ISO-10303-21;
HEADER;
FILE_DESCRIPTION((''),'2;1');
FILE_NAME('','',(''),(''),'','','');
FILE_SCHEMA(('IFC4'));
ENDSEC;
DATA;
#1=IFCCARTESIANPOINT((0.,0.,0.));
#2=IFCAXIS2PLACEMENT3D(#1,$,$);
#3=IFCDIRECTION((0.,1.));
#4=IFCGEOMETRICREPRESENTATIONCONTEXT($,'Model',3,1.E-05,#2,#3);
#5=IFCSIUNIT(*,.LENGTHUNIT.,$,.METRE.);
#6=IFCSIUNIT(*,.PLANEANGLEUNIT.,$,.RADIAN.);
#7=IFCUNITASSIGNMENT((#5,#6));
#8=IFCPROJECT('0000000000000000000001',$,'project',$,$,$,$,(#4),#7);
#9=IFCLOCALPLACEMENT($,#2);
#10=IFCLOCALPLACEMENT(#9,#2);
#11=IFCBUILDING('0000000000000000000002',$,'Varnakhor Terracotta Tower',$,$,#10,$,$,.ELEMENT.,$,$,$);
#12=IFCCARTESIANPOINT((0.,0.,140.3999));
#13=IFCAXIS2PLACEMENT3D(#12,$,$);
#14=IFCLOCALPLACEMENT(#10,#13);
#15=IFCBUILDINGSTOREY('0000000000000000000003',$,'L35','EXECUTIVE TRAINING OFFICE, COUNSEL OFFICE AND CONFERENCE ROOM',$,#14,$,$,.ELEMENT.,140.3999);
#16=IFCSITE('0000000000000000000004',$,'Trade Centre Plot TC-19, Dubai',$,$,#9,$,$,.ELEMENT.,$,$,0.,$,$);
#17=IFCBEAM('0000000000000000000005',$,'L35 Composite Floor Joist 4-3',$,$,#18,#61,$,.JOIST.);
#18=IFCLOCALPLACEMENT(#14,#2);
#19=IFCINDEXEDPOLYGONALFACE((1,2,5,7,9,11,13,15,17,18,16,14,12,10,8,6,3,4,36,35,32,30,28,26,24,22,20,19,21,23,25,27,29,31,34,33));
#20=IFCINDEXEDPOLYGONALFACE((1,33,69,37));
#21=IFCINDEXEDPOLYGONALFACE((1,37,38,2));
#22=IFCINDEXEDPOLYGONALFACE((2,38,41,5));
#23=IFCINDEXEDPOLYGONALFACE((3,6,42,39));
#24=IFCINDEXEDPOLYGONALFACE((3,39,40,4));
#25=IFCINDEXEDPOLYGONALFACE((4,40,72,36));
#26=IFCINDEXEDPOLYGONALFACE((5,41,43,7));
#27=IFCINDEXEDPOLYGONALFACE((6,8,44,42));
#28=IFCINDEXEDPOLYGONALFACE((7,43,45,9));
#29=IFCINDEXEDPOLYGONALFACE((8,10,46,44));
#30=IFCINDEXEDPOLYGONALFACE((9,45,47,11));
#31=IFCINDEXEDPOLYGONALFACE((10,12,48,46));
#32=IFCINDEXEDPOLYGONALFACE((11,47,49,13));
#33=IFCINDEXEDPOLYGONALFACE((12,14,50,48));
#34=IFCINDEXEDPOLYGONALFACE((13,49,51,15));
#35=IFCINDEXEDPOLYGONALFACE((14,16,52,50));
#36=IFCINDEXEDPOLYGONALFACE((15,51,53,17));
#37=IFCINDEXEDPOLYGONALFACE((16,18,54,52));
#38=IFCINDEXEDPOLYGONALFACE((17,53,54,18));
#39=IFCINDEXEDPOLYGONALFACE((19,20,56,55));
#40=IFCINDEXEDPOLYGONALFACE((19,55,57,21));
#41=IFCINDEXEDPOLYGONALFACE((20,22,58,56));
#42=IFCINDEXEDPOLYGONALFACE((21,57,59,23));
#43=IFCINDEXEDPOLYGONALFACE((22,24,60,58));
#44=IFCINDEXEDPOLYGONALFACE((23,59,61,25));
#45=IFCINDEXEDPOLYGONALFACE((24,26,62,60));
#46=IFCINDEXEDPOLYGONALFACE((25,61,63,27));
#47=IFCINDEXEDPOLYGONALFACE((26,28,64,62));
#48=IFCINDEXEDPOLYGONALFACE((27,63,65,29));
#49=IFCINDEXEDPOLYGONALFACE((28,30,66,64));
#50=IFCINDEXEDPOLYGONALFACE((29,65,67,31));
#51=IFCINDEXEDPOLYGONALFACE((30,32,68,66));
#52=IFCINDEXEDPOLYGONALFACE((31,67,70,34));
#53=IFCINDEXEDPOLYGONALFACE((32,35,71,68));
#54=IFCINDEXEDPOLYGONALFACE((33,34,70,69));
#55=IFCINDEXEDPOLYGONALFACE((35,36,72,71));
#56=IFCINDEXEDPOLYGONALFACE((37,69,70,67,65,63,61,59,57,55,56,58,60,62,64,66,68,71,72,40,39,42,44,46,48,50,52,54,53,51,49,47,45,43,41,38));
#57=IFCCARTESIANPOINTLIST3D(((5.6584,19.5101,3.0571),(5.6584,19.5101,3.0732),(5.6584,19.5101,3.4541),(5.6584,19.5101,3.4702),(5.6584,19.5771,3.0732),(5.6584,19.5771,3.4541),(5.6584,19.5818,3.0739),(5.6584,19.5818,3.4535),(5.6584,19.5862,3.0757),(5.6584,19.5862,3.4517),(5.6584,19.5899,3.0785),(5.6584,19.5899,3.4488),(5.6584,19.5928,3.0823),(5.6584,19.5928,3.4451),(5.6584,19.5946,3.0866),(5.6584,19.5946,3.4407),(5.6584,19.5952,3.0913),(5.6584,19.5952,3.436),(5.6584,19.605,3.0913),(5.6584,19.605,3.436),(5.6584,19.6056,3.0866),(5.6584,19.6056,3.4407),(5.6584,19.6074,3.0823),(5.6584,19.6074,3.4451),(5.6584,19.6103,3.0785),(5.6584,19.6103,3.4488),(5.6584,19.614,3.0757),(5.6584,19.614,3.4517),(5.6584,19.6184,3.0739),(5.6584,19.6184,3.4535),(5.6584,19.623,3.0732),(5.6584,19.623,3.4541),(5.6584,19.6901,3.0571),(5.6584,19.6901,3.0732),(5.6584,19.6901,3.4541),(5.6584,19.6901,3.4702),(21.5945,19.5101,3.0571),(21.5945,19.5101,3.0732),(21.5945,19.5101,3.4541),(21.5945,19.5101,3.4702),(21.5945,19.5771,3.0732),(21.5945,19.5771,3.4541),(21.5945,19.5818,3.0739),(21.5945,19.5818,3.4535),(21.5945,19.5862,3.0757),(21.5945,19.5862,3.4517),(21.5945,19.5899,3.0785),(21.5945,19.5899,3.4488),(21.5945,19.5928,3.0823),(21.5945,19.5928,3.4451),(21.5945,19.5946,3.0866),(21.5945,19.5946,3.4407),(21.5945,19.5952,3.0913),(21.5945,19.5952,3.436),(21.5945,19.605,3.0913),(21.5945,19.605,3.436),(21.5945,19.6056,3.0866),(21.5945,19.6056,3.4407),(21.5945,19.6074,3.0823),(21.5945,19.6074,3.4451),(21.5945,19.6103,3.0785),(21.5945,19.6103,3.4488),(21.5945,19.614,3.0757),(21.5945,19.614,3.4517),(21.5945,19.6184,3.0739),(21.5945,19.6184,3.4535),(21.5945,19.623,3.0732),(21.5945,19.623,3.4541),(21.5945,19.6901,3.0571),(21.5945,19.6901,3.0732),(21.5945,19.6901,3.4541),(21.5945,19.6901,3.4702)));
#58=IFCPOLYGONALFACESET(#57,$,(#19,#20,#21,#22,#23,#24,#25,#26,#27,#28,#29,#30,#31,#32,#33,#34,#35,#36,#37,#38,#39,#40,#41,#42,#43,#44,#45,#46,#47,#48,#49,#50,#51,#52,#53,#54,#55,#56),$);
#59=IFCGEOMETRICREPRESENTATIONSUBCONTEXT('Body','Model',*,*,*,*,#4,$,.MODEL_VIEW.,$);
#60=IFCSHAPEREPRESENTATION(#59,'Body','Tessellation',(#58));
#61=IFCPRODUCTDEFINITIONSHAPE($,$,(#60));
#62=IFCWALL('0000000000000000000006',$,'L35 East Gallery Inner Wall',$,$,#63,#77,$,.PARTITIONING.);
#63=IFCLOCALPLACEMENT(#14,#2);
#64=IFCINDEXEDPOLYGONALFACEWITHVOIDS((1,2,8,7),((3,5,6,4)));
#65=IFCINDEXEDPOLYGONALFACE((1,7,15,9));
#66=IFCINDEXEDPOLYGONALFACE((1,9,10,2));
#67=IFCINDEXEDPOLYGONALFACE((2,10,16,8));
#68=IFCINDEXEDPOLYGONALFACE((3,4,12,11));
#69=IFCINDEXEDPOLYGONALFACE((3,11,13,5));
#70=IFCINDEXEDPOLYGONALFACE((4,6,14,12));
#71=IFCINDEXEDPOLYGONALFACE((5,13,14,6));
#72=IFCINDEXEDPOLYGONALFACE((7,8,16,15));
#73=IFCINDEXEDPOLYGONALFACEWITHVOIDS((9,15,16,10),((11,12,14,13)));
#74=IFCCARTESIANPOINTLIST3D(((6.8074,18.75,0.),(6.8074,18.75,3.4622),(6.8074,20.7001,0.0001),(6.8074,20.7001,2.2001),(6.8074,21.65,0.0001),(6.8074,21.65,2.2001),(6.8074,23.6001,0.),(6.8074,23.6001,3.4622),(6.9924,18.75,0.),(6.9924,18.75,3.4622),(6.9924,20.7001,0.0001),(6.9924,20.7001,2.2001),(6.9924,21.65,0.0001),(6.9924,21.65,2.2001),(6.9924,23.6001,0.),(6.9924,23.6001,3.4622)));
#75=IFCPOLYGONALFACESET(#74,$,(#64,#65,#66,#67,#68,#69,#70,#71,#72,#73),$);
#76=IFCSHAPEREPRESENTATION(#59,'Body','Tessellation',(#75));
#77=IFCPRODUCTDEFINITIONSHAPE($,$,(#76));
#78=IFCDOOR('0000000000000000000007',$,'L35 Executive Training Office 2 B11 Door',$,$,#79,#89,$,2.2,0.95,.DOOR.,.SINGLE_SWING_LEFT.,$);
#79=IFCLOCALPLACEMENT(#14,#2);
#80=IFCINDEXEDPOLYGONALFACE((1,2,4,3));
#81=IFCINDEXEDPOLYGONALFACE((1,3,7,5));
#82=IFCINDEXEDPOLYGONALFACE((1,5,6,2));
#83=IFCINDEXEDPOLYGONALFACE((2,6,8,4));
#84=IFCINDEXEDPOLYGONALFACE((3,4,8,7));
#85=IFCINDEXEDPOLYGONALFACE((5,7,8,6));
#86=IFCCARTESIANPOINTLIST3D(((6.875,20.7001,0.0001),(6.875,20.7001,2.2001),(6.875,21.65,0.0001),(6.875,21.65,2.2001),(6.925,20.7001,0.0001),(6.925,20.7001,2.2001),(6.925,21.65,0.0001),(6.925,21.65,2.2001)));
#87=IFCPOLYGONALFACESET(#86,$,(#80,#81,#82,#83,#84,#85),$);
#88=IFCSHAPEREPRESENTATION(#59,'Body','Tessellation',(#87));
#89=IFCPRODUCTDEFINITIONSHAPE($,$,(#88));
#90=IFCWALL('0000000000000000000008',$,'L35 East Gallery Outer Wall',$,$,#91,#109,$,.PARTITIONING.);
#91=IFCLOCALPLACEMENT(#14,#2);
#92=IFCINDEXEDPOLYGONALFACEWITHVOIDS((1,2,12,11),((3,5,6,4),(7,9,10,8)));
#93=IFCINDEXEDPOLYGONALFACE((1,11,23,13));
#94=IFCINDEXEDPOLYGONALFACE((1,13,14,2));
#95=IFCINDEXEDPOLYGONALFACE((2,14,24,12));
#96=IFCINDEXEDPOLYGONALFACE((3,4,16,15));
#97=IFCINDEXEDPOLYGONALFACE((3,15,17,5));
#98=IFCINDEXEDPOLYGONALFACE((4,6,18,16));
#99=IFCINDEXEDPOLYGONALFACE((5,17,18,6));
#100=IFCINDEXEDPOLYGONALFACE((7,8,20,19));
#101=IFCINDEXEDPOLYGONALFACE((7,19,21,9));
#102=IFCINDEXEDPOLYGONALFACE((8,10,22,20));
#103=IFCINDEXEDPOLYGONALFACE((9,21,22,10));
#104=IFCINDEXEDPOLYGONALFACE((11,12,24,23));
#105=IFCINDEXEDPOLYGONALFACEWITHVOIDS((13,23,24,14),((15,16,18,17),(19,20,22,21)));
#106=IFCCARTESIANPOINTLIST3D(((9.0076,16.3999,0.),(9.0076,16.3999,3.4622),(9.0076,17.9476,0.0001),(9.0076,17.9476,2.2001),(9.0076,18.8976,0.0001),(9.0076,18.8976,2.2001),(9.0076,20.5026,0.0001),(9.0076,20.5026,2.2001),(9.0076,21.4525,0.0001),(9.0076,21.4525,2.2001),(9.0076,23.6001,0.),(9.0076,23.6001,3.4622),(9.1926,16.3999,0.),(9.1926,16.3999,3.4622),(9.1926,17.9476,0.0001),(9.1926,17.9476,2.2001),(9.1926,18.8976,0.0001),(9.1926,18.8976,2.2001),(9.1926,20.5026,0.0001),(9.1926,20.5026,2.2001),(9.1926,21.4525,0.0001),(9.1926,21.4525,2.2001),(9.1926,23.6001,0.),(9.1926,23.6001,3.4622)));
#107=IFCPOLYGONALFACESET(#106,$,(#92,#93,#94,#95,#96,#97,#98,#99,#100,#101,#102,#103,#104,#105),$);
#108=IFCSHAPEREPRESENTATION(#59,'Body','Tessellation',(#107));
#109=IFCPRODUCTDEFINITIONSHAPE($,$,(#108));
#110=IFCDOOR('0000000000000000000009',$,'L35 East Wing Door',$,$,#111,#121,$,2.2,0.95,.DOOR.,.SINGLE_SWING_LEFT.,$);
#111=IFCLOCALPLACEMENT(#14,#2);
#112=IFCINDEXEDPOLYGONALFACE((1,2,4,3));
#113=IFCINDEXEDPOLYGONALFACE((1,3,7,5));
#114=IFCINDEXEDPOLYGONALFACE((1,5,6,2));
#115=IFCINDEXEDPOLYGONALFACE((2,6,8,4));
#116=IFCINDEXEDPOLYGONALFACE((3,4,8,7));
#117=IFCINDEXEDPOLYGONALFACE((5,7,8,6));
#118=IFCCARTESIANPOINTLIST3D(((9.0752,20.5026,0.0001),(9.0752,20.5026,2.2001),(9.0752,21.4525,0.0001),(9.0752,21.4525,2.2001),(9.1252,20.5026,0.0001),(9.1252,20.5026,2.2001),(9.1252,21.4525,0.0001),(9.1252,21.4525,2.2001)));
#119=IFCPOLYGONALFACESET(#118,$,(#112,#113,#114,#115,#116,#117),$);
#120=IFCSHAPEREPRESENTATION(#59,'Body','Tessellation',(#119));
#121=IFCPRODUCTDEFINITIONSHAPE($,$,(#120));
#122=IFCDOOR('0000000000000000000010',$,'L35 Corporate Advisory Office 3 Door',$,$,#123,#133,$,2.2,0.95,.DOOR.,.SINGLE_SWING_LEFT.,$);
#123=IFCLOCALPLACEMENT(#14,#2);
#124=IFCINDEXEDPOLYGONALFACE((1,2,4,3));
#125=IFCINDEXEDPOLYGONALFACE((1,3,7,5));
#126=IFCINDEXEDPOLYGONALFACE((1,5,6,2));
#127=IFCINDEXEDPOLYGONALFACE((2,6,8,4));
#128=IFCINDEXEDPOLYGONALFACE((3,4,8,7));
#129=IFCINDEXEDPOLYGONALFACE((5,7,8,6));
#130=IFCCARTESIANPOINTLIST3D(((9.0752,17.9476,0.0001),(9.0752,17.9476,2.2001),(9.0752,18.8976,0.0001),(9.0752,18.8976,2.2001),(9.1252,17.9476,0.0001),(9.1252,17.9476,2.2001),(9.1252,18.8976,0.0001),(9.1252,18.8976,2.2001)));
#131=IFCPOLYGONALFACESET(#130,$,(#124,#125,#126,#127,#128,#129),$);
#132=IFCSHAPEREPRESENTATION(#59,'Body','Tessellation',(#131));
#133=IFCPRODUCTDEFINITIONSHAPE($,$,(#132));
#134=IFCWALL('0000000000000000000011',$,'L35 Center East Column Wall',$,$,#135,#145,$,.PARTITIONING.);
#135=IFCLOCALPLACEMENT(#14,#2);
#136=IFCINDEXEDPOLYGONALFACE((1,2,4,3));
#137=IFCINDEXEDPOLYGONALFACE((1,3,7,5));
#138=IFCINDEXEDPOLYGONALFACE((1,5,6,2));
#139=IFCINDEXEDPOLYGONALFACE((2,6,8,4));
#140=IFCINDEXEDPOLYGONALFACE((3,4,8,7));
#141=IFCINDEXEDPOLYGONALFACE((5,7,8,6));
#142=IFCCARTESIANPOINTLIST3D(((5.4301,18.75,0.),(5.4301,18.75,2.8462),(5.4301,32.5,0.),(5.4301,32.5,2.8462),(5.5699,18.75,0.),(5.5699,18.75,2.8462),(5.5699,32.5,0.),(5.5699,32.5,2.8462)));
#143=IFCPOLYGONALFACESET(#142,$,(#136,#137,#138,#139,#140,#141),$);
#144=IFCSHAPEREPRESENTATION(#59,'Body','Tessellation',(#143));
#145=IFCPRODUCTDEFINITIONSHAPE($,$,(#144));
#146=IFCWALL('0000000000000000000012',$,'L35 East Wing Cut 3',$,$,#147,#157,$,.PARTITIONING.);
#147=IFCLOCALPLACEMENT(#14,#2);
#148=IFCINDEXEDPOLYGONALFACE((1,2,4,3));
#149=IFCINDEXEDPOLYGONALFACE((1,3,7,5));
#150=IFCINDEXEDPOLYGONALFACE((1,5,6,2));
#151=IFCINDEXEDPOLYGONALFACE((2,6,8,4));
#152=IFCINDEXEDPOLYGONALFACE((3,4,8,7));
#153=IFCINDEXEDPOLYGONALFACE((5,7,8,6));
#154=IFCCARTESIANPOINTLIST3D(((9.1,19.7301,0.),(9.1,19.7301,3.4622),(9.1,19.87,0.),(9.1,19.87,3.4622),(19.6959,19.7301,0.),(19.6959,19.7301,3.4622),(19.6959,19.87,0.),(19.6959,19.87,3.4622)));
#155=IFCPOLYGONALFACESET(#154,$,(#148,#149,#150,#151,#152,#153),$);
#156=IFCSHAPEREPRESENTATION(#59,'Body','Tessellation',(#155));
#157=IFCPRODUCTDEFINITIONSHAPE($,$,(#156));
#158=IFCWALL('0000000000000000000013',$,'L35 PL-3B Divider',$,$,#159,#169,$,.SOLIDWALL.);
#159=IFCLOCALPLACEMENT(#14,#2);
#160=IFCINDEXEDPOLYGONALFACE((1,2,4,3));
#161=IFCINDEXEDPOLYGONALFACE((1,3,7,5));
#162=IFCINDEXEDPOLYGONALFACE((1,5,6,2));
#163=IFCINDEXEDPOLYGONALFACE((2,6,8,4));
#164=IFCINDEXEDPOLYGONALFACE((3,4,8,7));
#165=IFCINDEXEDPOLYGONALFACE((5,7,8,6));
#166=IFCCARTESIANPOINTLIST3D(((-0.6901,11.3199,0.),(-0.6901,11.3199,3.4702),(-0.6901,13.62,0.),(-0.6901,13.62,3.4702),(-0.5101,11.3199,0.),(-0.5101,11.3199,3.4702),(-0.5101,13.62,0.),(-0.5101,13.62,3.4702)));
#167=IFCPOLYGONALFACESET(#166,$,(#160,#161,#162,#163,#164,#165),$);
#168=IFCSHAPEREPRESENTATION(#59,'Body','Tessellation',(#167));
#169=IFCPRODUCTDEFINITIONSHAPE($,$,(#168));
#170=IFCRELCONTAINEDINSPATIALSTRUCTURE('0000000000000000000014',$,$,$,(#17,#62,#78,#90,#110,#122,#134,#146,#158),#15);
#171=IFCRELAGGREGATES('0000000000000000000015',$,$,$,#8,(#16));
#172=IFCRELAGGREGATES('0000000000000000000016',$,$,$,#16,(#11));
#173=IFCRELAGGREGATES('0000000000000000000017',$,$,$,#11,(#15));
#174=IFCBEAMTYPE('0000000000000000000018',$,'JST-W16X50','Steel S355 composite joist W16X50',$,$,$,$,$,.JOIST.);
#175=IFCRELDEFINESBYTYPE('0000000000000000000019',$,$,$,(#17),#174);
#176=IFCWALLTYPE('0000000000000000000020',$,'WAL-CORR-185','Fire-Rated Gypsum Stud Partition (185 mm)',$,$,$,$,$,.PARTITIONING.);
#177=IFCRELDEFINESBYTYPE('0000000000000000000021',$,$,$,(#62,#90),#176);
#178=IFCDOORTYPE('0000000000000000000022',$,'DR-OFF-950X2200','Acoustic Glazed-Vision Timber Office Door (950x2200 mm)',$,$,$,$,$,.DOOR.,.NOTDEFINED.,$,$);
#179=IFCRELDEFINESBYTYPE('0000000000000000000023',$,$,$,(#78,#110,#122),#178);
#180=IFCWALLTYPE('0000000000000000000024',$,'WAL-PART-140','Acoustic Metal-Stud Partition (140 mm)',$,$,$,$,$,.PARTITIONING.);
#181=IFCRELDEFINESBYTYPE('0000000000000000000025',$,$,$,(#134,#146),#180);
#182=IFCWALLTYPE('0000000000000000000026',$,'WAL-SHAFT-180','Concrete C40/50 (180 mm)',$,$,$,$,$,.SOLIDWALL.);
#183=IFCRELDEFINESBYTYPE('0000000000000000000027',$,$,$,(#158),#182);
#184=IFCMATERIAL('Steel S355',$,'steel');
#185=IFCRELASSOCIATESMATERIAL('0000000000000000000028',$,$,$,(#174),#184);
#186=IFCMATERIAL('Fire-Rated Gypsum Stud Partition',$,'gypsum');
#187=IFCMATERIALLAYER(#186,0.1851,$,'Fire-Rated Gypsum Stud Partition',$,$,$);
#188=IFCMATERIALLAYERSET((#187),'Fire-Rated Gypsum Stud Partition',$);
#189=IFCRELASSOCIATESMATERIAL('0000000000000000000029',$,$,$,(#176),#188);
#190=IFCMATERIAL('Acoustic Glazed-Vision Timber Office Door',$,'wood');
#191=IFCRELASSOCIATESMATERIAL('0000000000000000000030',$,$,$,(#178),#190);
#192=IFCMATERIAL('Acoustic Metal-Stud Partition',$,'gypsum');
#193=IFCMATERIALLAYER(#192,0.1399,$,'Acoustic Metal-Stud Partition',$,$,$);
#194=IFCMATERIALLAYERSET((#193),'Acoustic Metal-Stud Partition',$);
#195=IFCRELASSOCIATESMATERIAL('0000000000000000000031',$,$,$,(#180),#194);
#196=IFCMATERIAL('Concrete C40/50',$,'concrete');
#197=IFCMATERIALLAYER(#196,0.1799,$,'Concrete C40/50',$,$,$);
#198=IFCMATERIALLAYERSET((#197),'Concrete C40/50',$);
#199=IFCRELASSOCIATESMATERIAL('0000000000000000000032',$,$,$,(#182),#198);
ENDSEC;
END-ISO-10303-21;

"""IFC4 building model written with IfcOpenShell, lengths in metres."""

from ifc_helpers import new_model, si_unit, direction, frame, frame_2d, origin, origin_2d, place, context, subcontext, project, spatial, rectangle, i_section, extrude, source, transform, mapped, material, layer, layer_set, material_profile, profile_set, type_object, type_shapes, element, fill, save


model = new_model("IFC4")

# Units and contexts
model_context = context("Model", 3, precision=1e-05, world=origin(), true_north=direction((0.0, 1.0)))
body_context = subcontext(model_context, "Body", "Model", "MODEL_VIEW")
ifc_project = project(units=[si_unit("LENGTHUNIT", "METRE"), si_unit("PLANEANGLEUNIT", "RADIAN")], contexts=[model_context])

# Site, building, storey
site_placement = place(None, origin())
site = spatial("IfcSite", under=ifc_project, at=site_placement, Name="Trade Centre Plot TC-19, Dubai", CompositionType="ELEMENT", RefElevation=0.0)
building_placement = place(site_placement, origin())
building = spatial("IfcBuilding", under=site, at=building_placement, Name="Varnakhor Terracotta Tower", CompositionType="ELEMENT")
storey_placement = place(building_placement, frame((0.0, 0.0, 140.3999)))
storey = spatial("IfcBuildingStorey", under=building, at=storey_placement, Name="L35", Description="EXECUTIVE TRAINING OFFICE, COUNSEL OFFICE AND CONFERENCE ROOM", CompositionType="ELEMENT", Elevation=140.3999)

# Beam
ifc_material_1 = material(Name="Steel S355", Category="steel")
ifc_material_profile_1 = material_profile(ifc_material_1, i_section(OverallWidth=0.1799, OverallDepth=0.4131, WebThickness=0.0098, FlangeThickness=0.0161, FilletRadius=0.0181, at=origin_2d()), Name="W16X50")
ifc_profile_set_1 = profile_set([ifc_material_profile_1], Name="Steel S355")
beam_type_1 = type_object("IfcBeamType", Name="JST-W16X50", Description="Steel S355 composite joist W16X50", PredefinedType="JOIST", material=ifc_profile_set_1)
shared_shape_1 = source(origin(), body_context, "Body", "SweptSolid", [
    extrude(i_section(OverallWidth=0.1799, OverallDepth=0.4131, WebThickness=0.0098, FlangeThickness=0.0161, FilletRadius=0.0181, at=origin_2d()), origin(), (0.0, 0.0, 1.0), 15.936),
])
beam_1_placement = place(storey_placement, frame((5.6584, 19.6001, 3.2637), z_axis=(1.0, 0.0, 0.0), x_axis=(0.0, 1.0, 0.0)))
element("IfcBeam", 1, at=beam_1_placement, inside=storey, type_object=beam_type_1, Name="L35 Composite Floor Joist 4-3", PredefinedType="JOIST", context=body_context, shape_type="MappedRepresentation", body=[
    mapped(shared_shape_1, transform((0.0, 0.0, 0.0), scale=1.0)),
])

# Wall, opening, door
ifc_material_2 = material(Name="Fire-Rated Gypsum Stud Partition", Category="gypsum")
ifc_layer_1 = layer(ifc_material_2, 0.1851, Name="Fire-Rated Gypsum Stud Partition")
ifc_layer_set_1 = layer_set([ifc_layer_1], Name="Fire-Rated Gypsum Stud Partition")
wall_type_1 = type_object("IfcWallType", Name="WAL-CORR-185", Description="Fire-Rated Gypsum Stud Partition (185 mm)", PredefinedType="PARTITIONING", material=ifc_layer_set_1)
wall_1_placement = place(storey_placement, frame((6.8999, 18.75, 0.0), z_axis=(0.0, 0.0, 1.0), x_axis=(0.0, 1.0, 0.0)))
wall_1 = element("IfcWall", 2, at=wall_1_placement, inside=storey, type_object=wall_type_1, Name="L35 East Gallery Inner Wall", PredefinedType="PARTITIONING", context=body_context, shape_type="SweptSolid", body=[
    extrude(rectangle(XDim=4.8501, YDim=0.1851, at=frame_2d((2.425, 0.0))), origin(), (0.0, 0.0, 1.0), 3.4622),
])
opening_1_placement = place(wall_1_placement, frame((1.95, 0.0, 0.0)))
opening_1 = element("IfcOpeningElement", 3, at=opening_1_placement, cuts=wall_1, PredefinedType="OPENING", context=body_context, shape_type="SweptSolid", body=[
    extrude(rectangle(XDim=0.95, YDim=2.2, at=frame_2d((0.4751, 1.1001))), frame((0.0, 0.1025, 0.0), z_axis=(0.0, -1.0, 0.0), x_axis=(1.0, 0.0, 0.0)), (0.0, 0.0, 1.0), 0.2051),
])
ifc_material_3 = material(Name="Acoustic Glazed-Vision Timber Office Door", Category="wood")
door_type_1 = type_object("IfcDoorType", Name="DR-OFF-950X2200", Description="Acoustic Glazed-Vision Timber Office Door (950x2200 mm)", OperationType="NOTDEFINED", PredefinedType="DOOR", material=ifc_material_3)
shared_shape_2 = source(origin(), body_context, "Body", "SweptSolid", [
    extrude(rectangle(XDim=0.95, YDim=2.2, at=frame_2d((0.4751, 1.1001))), frame((0.0, 0.0249, 0.0), z_axis=(0.0, -1.0, 0.0), x_axis=(1.0, 0.0, 0.0)), (0.0, 0.0, 1.0), 0.05),
])
type_shapes(door_type_1, [shared_shape_2])
door_1_placement = place(opening_1_placement, origin())
door_1 = element("IfcDoor", 4, at=door_1_placement, inside=storey, type_object=door_type_1, Name="L35 Executive Training Office 2 B11 Door", OperationType="SINGLE_SWING_LEFT", OverallHeight=2.2, OverallWidth=0.95, PredefinedType="DOOR", context=body_context, shape_type="MappedRepresentation", body=[
    mapped(shared_shape_2, transform((0.0, 0.0, 0.0), scale=1.0)),
])
fill(opening_1, door_1)

# Wall, openings, doors
wall_2_placement = place(storey_placement, frame((9.1001, 16.3999, 0.0), z_axis=(0.0, 0.0, 1.0), x_axis=(0.0, 1.0, 0.0)))
wall_2 = element("IfcWall", 5, at=wall_2_placement, inside=storey, type_object=wall_type_1, Name="L35 East Gallery Outer Wall", PredefinedType="PARTITIONING", context=body_context, shape_type="SweptSolid", body=[
    extrude(rectangle(XDim=7.2002, YDim=0.1851, at=frame_2d((3.6001, 0.0))), origin(), (0.0, 0.0, 1.0), 3.4622),
])
opening_2_placement = place(wall_2_placement, frame((4.1025, 0.0, 0.0)))
opening_2 = element("IfcOpeningElement", 6, at=opening_2_placement, cuts=wall_2, PredefinedType="OPENING", context=body_context, shape_type="SweptSolid", body=[
    extrude(rectangle(XDim=0.95, YDim=2.2, at=frame_2d((0.4751, 1.1001))), frame((0.0, 0.1025, 0.0), z_axis=(0.0, -1.0, 0.0), x_axis=(1.0, 0.0, 0.0)), (0.0, 0.0, 1.0), 0.2051),
])
opening_3_placement = place(wall_2_placement, frame((1.5476, 0.0, 0.0)))
opening_3 = element("IfcOpeningElement", 7, at=opening_3_placement, cuts=wall_2, PredefinedType="OPENING", context=body_context, shape_type="SweptSolid", body=[
    extrude(rectangle(XDim=0.95, YDim=2.2, at=frame_2d((0.4751, 1.1001))), frame((0.0, 0.1025, 0.0), z_axis=(0.0, -1.0, 0.0), x_axis=(1.0, 0.0, 0.0)), (0.0, 0.0, 1.0), 0.2051),
])
door_2_placement = place(opening_2_placement, origin())
door_2 = element("IfcDoor", 8, at=door_2_placement, inside=storey, type_object=door_type_1, Name="L35 East Wing Door", OperationType="SINGLE_SWING_LEFT", OverallHeight=2.2, OverallWidth=0.95, PredefinedType="DOOR", context=body_context, shape_type="MappedRepresentation", body=[
    mapped(shared_shape_2, transform((0.0, 0.0, 0.0), scale=1.0)),
])
fill(opening_2, door_2)
door_3_placement = place(opening_3_placement, origin())
door_3 = element("IfcDoor", 9, at=door_3_placement, inside=storey, type_object=door_type_1, Name="L35 Corporate Advisory Office 3 Door", OperationType="SINGLE_SWING_LEFT", OverallHeight=2.2, OverallWidth=0.95, PredefinedType="DOOR", context=body_context, shape_type="MappedRepresentation", body=[
    mapped(shared_shape_2, transform((0.0, 0.0, 0.0), scale=1.0)),
])
fill(opening_3, door_3)

# Walls
ifc_material_4 = material(Name="Acoustic Metal-Stud Partition", Category="gypsum")
ifc_layer_2 = layer(ifc_material_4, 0.1399, Name="Acoustic Metal-Stud Partition")
ifc_layer_set_2 = layer_set([ifc_layer_2], Name="Acoustic Metal-Stud Partition")
wall_type_2 = type_object("IfcWallType", Name="WAL-PART-140", Description="Acoustic Metal-Stud Partition (140 mm)", PredefinedType="PARTITIONING", material=ifc_layer_set_2)
wall_3_placement = place(storey_placement, frame((5.5, 18.75, 0.0), z_axis=(0.0, 0.0, 1.0), x_axis=(0.0, 1.0, 0.0)))
element("IfcWall", 10, at=wall_3_placement, inside=storey, type_object=wall_type_2, Name="L35 Center East Column Wall", PredefinedType="PARTITIONING", context=body_context, shape_type="SweptSolid", body=[
    extrude(rectangle(XDim=13.75, YDim=0.1399, at=frame_2d((6.875, 0.0))), origin(), (0.0, 0.0, 1.0), 2.8462),
])
wall_4_placement = place(storey_placement, frame((9.1001, 19.8, 0.0), z_axis=(0.0, 0.0, 1.0), x_axis=(1.0, 0.0, 0.0)))
element("IfcWall", 11, at=wall_4_placement, inside=storey, type_object=wall_type_2, Name="L35 East Wing Cut 3", PredefinedType="PARTITIONING", context=body_context, shape_type="SweptSolid", body=[
    extrude(rectangle(XDim=10.5959, YDim=0.1399, at=frame_2d((5.2979, 0.0))), origin(), (0.0, 0.0, 1.0), 3.4622),
])
ifc_material_5 = material(Name="Concrete C40/50", Category="concrete")
ifc_layer_3 = layer(ifc_material_5, 0.1799, Name="Concrete C40/50")
ifc_layer_set_3 = layer_set([ifc_layer_3], Name="Concrete C40/50")
wall_type_3 = type_object("IfcWallType", Name="WAL-SHAFT-180", Description="Concrete C40/50 (180 mm)", PredefinedType="SOLIDWALL", material=ifc_layer_set_3)
wall_5_placement = place(storey_placement, frame((-0.6001, 11.3201, 0.0), z_axis=(0.0, 0.0, 1.0), x_axis=(0.0, 1.0, 0.0)))
element("IfcWall", 12, at=wall_5_placement, inside=storey, type_object=wall_type_3, Name="L35 PL-3B Divider", PredefinedType="SOLIDWALL", context=body_context, shape_type="SweptSolid", body=[
    extrude(rectangle(XDim=2.3, YDim=0.1799, at=frame_2d((1.1499, 0.0))), origin(), (0.0, 0.0, 1.0), 3.4702),
])

save(model, "model.ifc")
